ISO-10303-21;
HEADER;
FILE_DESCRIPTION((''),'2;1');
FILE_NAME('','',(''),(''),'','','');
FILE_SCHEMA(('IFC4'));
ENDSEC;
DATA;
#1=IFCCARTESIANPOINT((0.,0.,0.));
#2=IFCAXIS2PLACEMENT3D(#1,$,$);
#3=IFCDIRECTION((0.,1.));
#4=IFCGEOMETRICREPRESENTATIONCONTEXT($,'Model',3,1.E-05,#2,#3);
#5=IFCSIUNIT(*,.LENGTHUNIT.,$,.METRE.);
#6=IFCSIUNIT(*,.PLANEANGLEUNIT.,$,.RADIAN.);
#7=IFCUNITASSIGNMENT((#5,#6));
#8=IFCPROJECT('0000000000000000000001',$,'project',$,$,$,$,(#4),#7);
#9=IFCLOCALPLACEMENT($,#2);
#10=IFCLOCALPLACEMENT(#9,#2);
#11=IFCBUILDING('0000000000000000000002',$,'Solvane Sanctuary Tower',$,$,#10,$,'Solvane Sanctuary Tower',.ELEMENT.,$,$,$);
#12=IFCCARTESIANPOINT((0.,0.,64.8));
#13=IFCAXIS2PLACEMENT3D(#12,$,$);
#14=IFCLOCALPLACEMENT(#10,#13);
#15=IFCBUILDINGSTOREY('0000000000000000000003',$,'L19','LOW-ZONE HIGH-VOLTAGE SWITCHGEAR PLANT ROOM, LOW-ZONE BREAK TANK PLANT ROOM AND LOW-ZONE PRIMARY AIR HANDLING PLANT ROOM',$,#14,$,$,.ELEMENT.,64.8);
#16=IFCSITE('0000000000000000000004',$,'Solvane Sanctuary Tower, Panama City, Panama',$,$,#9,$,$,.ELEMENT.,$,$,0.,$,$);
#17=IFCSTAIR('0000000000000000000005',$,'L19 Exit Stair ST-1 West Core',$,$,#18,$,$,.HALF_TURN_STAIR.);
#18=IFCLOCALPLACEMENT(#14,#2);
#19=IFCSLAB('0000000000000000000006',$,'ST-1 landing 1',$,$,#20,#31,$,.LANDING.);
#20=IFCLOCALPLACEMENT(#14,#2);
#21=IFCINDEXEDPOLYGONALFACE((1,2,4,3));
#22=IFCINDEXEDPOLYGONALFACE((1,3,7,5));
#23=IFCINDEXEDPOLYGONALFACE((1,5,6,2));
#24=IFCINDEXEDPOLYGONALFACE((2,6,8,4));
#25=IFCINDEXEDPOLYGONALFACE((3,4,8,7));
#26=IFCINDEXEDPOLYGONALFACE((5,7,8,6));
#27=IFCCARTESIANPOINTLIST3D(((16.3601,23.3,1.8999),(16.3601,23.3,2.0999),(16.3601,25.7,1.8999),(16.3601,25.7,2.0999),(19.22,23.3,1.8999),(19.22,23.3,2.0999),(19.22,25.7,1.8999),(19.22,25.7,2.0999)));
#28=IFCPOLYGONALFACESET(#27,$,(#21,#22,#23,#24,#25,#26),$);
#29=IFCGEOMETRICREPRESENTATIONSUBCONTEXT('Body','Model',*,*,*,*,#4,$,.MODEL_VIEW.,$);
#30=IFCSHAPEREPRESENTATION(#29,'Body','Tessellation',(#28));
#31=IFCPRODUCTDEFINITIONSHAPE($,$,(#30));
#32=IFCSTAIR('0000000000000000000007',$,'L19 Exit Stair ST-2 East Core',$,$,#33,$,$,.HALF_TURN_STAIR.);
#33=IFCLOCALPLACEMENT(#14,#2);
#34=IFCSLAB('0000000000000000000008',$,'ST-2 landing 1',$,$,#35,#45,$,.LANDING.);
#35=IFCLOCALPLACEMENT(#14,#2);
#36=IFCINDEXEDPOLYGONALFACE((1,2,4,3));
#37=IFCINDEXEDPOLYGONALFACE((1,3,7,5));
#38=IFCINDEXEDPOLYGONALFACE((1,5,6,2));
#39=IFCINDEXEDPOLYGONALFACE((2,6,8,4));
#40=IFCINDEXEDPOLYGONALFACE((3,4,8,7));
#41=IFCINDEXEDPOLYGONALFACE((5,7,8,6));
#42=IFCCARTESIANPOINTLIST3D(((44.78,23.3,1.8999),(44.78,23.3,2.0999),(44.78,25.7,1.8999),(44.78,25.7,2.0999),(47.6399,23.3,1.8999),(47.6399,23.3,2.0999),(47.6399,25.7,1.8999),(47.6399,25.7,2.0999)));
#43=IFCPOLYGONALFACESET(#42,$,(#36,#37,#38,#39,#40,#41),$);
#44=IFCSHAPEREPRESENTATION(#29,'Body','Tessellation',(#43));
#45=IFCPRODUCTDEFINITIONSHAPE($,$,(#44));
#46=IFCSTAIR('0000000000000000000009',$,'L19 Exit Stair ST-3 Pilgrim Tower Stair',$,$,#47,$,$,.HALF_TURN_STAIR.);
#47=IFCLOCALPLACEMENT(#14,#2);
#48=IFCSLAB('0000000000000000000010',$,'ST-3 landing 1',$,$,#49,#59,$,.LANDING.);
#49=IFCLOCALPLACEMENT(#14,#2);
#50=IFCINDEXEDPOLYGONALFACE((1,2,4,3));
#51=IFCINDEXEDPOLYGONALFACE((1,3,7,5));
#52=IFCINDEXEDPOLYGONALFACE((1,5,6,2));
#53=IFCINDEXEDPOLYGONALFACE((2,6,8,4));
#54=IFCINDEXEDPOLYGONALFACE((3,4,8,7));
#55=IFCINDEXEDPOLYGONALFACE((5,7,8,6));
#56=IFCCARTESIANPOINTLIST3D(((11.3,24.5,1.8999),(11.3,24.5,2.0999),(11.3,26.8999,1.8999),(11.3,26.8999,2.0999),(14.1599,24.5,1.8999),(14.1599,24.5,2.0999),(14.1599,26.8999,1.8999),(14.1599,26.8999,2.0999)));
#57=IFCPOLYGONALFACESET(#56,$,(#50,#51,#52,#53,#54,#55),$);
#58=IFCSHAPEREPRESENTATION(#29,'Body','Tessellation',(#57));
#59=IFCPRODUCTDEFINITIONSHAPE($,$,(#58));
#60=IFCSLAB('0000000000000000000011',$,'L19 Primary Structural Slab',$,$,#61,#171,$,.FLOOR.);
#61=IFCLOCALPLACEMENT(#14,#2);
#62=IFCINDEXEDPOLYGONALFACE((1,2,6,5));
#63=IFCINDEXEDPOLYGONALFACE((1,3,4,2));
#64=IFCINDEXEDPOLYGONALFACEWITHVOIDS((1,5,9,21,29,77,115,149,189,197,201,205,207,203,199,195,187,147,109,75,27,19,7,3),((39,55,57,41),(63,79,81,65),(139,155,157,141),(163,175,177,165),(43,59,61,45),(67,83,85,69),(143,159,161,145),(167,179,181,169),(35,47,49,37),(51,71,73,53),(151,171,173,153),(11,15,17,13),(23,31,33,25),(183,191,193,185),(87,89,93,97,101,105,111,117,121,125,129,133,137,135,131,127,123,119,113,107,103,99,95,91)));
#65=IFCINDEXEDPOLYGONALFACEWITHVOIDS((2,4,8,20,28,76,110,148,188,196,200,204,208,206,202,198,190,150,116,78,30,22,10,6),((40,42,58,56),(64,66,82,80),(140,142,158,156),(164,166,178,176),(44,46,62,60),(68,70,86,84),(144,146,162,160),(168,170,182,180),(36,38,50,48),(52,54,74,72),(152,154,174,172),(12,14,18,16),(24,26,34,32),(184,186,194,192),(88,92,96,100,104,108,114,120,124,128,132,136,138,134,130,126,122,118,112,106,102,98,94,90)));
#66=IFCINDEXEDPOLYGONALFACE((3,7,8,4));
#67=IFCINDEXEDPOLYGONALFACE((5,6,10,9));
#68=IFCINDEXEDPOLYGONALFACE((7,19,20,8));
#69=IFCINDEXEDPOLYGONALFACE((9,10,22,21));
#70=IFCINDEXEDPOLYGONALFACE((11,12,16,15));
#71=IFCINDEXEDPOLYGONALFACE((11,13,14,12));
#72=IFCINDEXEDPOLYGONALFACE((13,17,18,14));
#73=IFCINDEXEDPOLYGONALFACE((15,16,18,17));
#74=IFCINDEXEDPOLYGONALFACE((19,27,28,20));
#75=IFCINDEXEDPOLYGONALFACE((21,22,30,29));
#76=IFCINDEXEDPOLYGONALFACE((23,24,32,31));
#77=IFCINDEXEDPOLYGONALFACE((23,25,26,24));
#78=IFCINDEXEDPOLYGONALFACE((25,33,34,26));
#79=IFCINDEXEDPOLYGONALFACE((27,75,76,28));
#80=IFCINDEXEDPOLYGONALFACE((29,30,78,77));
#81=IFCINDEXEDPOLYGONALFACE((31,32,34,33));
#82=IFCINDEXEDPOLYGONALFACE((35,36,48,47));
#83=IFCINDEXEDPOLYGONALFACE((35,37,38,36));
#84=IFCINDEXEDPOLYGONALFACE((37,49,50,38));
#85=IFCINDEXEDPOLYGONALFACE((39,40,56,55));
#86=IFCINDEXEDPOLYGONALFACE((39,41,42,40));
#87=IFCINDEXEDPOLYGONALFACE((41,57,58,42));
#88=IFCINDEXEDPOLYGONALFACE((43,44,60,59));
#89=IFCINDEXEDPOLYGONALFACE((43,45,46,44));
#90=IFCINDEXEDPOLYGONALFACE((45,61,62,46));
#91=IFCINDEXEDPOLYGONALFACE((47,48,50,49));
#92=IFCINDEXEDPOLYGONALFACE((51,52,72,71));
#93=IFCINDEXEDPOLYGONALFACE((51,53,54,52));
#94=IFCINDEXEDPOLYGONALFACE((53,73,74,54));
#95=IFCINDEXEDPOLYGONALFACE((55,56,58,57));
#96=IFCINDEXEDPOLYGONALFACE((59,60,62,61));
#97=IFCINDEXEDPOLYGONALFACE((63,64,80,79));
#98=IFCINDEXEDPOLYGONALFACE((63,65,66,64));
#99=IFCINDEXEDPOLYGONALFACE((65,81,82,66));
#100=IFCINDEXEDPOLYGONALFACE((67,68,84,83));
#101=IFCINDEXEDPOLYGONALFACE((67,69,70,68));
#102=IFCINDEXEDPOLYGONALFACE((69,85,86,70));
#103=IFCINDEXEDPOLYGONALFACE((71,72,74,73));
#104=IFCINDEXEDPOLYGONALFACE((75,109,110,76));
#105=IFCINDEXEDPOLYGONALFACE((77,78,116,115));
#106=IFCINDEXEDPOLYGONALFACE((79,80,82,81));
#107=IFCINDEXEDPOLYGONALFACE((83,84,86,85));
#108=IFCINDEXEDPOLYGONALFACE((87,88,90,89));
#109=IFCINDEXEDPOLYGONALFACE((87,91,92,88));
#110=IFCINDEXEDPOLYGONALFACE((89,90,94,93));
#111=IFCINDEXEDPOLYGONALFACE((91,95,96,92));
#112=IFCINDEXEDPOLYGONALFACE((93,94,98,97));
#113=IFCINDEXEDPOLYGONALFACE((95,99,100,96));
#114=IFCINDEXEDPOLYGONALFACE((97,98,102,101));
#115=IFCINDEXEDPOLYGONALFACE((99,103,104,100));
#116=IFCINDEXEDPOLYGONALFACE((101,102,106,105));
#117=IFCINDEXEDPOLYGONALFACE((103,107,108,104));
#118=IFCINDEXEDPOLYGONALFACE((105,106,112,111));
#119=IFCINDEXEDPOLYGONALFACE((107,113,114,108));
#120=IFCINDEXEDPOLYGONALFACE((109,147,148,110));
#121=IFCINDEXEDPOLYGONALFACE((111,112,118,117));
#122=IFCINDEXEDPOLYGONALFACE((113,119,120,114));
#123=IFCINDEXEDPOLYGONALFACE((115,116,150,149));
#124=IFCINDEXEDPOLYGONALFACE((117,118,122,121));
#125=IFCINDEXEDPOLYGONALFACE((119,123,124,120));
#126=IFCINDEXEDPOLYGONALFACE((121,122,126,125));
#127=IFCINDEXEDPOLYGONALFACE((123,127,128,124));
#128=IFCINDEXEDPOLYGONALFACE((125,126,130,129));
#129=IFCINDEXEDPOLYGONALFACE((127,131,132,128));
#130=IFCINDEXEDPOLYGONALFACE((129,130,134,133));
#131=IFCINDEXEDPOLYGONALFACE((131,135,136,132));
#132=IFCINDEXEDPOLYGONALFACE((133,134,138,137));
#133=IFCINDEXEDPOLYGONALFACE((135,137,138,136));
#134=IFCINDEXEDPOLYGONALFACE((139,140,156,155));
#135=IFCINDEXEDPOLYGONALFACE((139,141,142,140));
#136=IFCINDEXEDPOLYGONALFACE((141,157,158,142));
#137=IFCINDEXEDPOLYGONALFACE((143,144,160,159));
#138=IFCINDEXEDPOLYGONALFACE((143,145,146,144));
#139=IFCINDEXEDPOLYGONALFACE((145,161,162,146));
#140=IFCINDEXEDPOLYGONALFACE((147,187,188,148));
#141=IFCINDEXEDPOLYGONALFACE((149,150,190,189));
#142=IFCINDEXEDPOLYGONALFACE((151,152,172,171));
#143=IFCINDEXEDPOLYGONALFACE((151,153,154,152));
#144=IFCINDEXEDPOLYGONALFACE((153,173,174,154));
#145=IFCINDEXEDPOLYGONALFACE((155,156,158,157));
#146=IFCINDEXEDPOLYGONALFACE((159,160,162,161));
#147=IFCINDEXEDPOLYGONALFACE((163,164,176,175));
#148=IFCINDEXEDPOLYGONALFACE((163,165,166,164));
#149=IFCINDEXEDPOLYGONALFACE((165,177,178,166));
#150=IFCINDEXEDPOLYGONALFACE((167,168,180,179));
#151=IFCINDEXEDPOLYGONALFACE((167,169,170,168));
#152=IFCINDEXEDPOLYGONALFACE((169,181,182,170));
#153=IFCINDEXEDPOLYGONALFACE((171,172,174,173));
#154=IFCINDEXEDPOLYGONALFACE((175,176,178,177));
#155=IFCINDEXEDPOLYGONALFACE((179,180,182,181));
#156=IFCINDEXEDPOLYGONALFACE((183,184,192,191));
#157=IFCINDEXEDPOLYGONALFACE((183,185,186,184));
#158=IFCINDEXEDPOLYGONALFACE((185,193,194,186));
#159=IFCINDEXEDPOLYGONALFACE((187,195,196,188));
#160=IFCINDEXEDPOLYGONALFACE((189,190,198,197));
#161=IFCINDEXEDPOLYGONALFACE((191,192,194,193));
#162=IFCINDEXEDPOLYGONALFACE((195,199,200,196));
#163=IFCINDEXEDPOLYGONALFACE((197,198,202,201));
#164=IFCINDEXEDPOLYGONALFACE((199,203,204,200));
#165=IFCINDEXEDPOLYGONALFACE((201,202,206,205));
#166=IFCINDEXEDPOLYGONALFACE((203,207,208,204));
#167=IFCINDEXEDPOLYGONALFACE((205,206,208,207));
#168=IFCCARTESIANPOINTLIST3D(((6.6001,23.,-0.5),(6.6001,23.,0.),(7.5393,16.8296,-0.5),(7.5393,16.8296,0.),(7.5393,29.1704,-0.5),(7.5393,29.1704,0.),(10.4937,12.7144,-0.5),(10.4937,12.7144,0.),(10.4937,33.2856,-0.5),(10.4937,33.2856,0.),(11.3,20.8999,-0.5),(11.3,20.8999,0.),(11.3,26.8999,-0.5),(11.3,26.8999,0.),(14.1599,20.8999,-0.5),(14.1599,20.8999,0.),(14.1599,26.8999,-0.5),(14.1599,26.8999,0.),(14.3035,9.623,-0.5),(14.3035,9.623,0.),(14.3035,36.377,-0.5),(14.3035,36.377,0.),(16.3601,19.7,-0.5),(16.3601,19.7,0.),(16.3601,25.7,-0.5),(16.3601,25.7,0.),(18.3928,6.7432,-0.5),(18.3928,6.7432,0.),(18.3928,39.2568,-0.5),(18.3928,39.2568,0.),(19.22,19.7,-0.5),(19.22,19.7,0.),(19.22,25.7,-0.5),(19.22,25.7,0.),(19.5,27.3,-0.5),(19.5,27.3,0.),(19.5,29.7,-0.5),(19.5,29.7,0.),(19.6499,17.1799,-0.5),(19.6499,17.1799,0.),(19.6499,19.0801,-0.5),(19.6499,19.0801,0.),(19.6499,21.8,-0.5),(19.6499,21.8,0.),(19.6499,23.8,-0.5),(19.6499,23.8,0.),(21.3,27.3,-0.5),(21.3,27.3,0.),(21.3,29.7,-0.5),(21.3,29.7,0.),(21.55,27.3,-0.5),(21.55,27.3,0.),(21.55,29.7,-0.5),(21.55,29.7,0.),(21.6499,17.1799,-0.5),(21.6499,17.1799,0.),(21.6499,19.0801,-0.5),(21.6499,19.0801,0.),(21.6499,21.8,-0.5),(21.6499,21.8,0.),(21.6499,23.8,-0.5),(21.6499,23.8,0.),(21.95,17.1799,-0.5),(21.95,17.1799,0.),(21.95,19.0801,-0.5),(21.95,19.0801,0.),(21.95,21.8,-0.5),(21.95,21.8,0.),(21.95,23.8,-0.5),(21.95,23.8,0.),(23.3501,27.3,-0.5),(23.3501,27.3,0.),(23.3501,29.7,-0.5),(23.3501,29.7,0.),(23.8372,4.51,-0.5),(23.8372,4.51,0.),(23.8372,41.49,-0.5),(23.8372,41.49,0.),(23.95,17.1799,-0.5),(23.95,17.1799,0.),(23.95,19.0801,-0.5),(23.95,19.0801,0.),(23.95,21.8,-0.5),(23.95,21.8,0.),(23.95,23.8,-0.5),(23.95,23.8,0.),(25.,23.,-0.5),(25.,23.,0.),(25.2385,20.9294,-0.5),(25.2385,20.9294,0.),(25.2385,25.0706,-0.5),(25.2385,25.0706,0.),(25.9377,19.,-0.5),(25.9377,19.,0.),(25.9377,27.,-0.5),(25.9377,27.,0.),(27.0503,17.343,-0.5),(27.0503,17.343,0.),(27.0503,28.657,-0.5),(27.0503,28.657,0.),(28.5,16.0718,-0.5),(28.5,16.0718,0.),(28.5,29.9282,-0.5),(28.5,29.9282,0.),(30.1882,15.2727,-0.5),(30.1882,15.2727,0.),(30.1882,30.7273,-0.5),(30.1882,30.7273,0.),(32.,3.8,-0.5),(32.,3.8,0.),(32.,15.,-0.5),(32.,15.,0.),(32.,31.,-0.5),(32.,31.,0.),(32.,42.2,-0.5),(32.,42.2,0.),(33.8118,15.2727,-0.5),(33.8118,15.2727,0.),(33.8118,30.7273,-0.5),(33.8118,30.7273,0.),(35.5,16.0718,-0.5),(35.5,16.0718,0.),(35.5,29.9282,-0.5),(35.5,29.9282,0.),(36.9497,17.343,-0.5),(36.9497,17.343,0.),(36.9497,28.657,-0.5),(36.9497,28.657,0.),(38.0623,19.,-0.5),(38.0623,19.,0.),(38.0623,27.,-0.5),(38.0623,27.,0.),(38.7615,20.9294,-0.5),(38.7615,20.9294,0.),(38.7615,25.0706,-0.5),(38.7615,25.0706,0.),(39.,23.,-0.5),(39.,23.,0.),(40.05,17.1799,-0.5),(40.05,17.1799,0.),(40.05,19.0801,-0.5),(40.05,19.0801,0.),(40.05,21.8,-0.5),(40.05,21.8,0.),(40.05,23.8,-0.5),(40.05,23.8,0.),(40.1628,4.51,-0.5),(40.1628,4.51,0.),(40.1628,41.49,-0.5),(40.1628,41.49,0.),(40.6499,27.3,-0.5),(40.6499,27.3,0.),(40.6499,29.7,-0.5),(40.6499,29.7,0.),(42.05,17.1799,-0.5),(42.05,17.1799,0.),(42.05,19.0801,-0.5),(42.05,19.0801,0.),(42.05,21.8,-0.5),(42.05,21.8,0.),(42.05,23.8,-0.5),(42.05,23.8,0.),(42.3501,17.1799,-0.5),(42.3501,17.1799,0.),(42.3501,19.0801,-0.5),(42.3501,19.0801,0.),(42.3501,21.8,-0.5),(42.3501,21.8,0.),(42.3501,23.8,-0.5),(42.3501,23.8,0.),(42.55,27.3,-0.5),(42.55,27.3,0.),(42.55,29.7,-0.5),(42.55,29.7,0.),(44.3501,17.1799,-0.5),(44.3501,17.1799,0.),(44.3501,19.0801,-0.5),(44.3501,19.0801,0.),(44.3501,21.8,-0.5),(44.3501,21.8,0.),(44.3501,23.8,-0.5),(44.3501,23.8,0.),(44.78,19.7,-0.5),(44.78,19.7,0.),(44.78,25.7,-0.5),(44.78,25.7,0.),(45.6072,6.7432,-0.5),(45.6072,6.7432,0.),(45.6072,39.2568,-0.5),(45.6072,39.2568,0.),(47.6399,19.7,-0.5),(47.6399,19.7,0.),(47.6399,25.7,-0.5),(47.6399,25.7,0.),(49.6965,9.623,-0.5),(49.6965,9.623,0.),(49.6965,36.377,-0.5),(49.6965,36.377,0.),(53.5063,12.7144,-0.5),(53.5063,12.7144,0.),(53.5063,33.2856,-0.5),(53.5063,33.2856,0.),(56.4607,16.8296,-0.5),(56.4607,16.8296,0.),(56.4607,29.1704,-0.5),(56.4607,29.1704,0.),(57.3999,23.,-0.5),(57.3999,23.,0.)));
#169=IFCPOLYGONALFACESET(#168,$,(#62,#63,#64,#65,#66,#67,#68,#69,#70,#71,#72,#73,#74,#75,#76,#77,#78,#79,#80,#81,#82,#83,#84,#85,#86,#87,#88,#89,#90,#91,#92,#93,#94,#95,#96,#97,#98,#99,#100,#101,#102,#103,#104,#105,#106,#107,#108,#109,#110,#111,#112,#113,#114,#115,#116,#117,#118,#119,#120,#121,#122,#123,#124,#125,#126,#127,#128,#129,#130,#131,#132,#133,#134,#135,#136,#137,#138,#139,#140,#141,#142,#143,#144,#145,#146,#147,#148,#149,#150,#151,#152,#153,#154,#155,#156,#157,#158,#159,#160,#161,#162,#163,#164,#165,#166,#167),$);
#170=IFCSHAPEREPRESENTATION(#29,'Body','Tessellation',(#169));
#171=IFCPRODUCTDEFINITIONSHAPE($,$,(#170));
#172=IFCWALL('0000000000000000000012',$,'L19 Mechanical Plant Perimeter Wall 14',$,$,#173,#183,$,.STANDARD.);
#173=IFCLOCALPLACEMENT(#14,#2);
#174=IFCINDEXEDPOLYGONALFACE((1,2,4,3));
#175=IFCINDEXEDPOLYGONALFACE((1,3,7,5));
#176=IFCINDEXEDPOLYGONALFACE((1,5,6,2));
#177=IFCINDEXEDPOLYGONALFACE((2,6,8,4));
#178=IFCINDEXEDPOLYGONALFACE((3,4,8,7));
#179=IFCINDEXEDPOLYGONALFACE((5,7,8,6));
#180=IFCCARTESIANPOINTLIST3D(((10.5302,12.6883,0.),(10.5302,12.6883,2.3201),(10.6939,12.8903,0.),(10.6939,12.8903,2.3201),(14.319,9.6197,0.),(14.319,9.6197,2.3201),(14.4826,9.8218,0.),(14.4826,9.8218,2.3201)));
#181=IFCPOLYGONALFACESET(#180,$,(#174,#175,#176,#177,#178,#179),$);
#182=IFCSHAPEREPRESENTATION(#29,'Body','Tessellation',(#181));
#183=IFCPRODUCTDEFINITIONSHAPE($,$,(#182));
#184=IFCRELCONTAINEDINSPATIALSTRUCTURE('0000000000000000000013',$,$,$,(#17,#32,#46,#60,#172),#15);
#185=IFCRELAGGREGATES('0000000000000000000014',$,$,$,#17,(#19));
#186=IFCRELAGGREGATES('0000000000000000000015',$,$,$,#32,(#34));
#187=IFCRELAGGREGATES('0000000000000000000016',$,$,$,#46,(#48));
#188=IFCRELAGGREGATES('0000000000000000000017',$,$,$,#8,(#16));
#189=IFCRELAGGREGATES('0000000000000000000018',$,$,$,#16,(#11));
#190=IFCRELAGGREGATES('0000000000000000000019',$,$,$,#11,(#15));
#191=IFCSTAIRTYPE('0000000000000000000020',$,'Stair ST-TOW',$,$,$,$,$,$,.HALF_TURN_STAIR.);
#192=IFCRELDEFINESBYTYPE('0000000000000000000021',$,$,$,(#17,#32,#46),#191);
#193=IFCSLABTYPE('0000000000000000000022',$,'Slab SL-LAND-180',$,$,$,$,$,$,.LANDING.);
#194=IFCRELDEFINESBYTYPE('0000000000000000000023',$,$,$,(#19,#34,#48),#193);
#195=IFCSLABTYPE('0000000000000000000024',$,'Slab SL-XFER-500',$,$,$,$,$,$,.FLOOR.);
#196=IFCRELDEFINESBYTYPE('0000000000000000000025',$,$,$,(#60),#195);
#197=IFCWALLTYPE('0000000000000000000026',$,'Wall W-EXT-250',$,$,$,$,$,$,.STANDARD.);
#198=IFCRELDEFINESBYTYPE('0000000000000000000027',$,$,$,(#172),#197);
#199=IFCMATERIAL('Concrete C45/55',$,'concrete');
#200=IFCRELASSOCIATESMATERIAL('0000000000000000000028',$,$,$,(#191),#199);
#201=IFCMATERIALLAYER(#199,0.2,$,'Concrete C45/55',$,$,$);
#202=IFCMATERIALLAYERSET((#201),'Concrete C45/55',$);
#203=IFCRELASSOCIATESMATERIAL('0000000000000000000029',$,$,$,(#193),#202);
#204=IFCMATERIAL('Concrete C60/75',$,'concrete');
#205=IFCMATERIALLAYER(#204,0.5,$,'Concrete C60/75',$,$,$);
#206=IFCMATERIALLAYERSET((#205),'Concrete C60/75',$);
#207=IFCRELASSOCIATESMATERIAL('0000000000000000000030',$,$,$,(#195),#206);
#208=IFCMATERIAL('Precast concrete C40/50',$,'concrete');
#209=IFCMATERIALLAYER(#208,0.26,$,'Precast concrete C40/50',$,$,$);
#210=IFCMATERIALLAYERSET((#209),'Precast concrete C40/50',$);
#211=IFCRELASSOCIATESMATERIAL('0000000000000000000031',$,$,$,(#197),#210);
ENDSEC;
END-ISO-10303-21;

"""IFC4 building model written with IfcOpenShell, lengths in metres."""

from ifc_helpers import new_model, si_unit, direction, frame, frame_2d, origin, place, context, subcontext, project, spatial, polyline, rectangle, outline, extrude, material, layer, layer_set, type_object, element, aggregate, save


model = new_model("IFC4")

# Units and contexts
model_context = context("Model", 3, precision=1e-05, world=origin(), true_north=direction((0.0, 1.0)))
body_context = subcontext(model_context, "Body", "Model", "MODEL_VIEW")
ifc_project = project(units=[si_unit("LENGTHUNIT", "METRE"), si_unit("PLANEANGLEUNIT", "RADIAN")], contexts=[model_context])

# Site, building, storey
site_placement = place(None, origin())
site = spatial("IfcSite", under=ifc_project, at=site_placement, Name="Solvane Sanctuary Tower, Panama City, Panama", CompositionType="ELEMENT", RefElevation=0.0)
building_placement = place(site_placement, origin())
building = spatial("IfcBuilding", under=site, at=building_placement, Name="Solvane Sanctuary Tower", LongName="Solvane Sanctuary Tower", CompositionType="ELEMENT")
storey_placement = place(building_placement, frame((0.0, 0.0, 64.8)))
storey = spatial("IfcBuildingStorey", under=building, at=storey_placement, Name="L19", Description="LOW-ZONE HIGH-VOLTAGE SWITCHGEAR PLANT ROOM, LOW-ZONE BREAK TANK PLANT ROOM AND LOW-ZONE PRIMARY AIR HANDLING PLANT ROOM", CompositionType="ELEMENT", Elevation=64.8)

# Shared definitions
ifc_material_1 = material(Name="Concrete C60/75", Category="concrete")

# Stairs, slabs
ifc_material_2 = material(Name="Concrete C45/55", Category="concrete")
stair_type = type_object("IfcStairType", Name="Stair ST-TOW", PredefinedType="HALF_TURN_STAIR", material=ifc_material_2)
stair_1_placement = place(storey_placement, origin())
stair_1 = element("IfcStair", 1, at=stair_1_placement, inside=storey, type_object=stair_type, Name="L19 Exit Stair ST-1 West Core", PredefinedType="HALF_TURN_STAIR")
ifc_layer_1 = layer(ifc_material_2, 0.2, Name="Concrete C45/55")
ifc_layer_set_1 = layer_set([ifc_layer_1], Name="Concrete C45/55")
slab_type_1 = type_object("IfcSlabType", Name="Slab SL-LAND-180", PredefinedType="LANDING", material=ifc_layer_set_1)
slab_1_placement = place(storey_placement, frame((0.0, 0.0, 1.8999)))
slab_1 = element("IfcSlab", 2, at=slab_1_placement, type_object=slab_type_1, Name="ST-1 landing 1", PredefinedType="LANDING", context=body_context, shape_type="SweptSolid", body=[
    extrude(outline(polyline([(19.22, 23.3), (19.22, 25.7), (16.3601, 25.7), (16.3601, 23.3), (19.22, 23.3)])), origin(), (0.0, 0.0, 1.0), 0.2),
])
aggregate(stair_1, [slab_1])
stair_2_placement = place(storey_placement, origin())
stair_2 = element("IfcStair", 3, at=stair_2_placement, inside=storey, type_object=stair_type, Name="L19 Exit Stair ST-2 East Core", PredefinedType="HALF_TURN_STAIR")
slab_2_placement = place(storey_placement, frame((0.0, 0.0, 1.8999)))
slab_2 = element("IfcSlab", 4, at=slab_2_placement, type_object=slab_type_1, Name="ST-2 landing 1", PredefinedType="LANDING", context=body_context, shape_type="SweptSolid", body=[
    extrude(outline(polyline([(47.6399, 23.3), (47.6399, 25.7), (44.78, 25.7), (44.78, 23.3), (47.6399, 23.3)])), origin(), (0.0, 0.0, 1.0), 0.2),
])
aggregate(stair_2, [slab_2])
stair_3_placement = place(storey_placement, origin())
stair_3 = element("IfcStair", 5, at=stair_3_placement, inside=storey, type_object=stair_type, Name="L19 Exit Stair ST-3 Pilgrim Tower Stair", PredefinedType="HALF_TURN_STAIR")
slab_3_placement = place(storey_placement, frame((0.0, 0.0, 1.8999)))
slab_3 = element("IfcSlab", 6, at=slab_3_placement, type_object=slab_type_1, Name="ST-3 landing 1", PredefinedType="LANDING", context=body_context, shape_type="SweptSolid", body=[
    extrude(outline(polyline([(14.1599, 24.5), (14.1599, 26.8999), (11.3, 26.8999), (11.3, 24.5), (14.1599, 24.5)])), origin(), (0.0, 0.0, 1.0), 0.2),
])
aggregate(stair_3, [slab_3])

# Slab
ifc_layer_2 = layer(ifc_material_1, 0.5, Name="Concrete C60/75")
ifc_layer_set_2 = layer_set([ifc_layer_2], Name="Concrete C60/75")
slab_type_2 = type_object("IfcSlabType", Name="Slab SL-XFER-500", PredefinedType="FLOOR", material=ifc_layer_set_2)
slab_4_placement = place(storey_placement, frame((0.0, 0.0, -0.5)))
element("IfcSlab", 7, at=slab_4_placement, inside=storey, type_object=slab_type_2, Name="L19 Primary Structural Slab", PredefinedType="FLOOR", context=body_context, shape_type="SweptSolid", body=[
    extrude(outline(polyline([(57.3999, 23.0), (56.4607, 29.1704), (53.5063, 33.2856), (49.6965, 36.377), (45.6072, 39.2568), (40.1628, 41.49), (32.0, 42.2), (23.8372, 41.49), (18.3928, 39.2568), (14.3035, 36.377), (10.4937, 33.2856), (7.5393, 29.1704), (6.6001, 23.0), (7.5393, 16.8296), (10.4937, 12.7144), (14.3035, 9.623), (18.3928, 6.7432), (23.8372, 4.51), (32.0, 3.8), (40.1628, 4.51), (45.6072, 6.7432), (49.6965, 9.623), (53.5063, 12.7144), (56.4607, 16.8296), (57.3999, 23.0)]), holes=[polyline([(38.7615, 20.9294), (38.0623, 19.0), (36.9497, 17.343), (35.5, 16.0718), (33.8118, 15.2727), (32.0, 15.0), (30.1882, 15.2727), (28.5, 16.0718), (27.0503, 17.343), (25.9377, 19.0), (25.2385, 20.9294), (25.0, 23.0), (25.2385, 25.0706), (25.9377, 27.0), (27.0503, 28.657), (28.5, 29.9282), (30.1882, 30.7273), (32.0, 31.0), (33.8118, 30.7273), (35.5, 29.9282), (36.9497, 28.657), (38.0623, 27.0), (38.7615, 25.0706), (39.0, 23.0), (38.7615, 20.9294)]), polyline([(16.3601, 19.7), (16.3601, 25.7), (19.22, 25.7), (19.22, 19.7), (16.3601, 19.7)]), polyline([(44.78, 19.7), (44.78, 25.7), (47.6399, 25.7), (47.6399, 19.7), (44.78, 19.7)]), polyline([(11.3, 20.8999), (11.3, 26.8999), (14.1599, 26.8999), (14.1599, 20.8999), (11.3, 20.8999)]), polyline([(19.6499, 19.0801), (21.6499, 19.0801), (21.6499, 17.1799), (19.6499, 17.1799), (19.6499, 19.0801)]), polyline([(21.95, 19.0801), (23.95, 19.0801), (23.95, 17.1799), (21.95, 17.1799), (21.95, 19.0801)]), polyline([(40.05, 19.0801), (42.05, 19.0801), (42.05, 17.1799), (40.05, 17.1799), (40.05, 19.0801)]), polyline([(42.3501, 19.0801), (44.3501, 19.0801), (44.3501, 17.1799), (42.3501, 17.1799), (42.3501, 19.0801)]), polyline([(19.6499, 23.8), (21.6499, 23.8), (21.6499, 21.8), (19.6499, 21.8), (19.6499, 23.8)]), polyline([(42.3501, 23.8), (44.3501, 23.8), (44.3501, 21.8), (42.3501, 21.8), (42.3501, 23.8)]), polyline([(21.95, 23.8), (23.95, 23.8), (23.95, 21.8), (21.95, 21.8), (21.95, 23.8)]), polyline([(40.05, 23.8), (42.05, 23.8), (42.05, 21.8), (40.05, 21.8), (40.05, 23.8)]), polyline([(19.5, 29.7), (21.3, 29.7), (21.3, 27.3), (19.5, 27.3), (19.5, 29.7)]), polyline([(21.55, 29.7), (23.3501, 29.7), (23.3501, 27.3), (21.55, 27.3), (21.55, 29.7)]), polyline([(40.6499, 29.7), (42.55, 29.7), (42.55, 27.3), (40.6499, 27.3), (40.6499, 29.7)])]), origin(), (0.0, 0.0, 1.0), 0.5),
])

# Wall
ifc_material_3 = material(Name="Precast concrete C40/50", Category="concrete")
ifc_layer_3 = layer(ifc_material_3, 0.26, Name="Precast concrete C40/50")
ifc_layer_set_3 = layer_set([ifc_layer_3], Name="Precast concrete C40/50")
wall_type = type_object("IfcWallType", Name="Wall W-EXT-250", PredefinedType="STANDARD", material=ifc_layer_set_3)
wall_1_placement = place(storey_placement, frame((10.6121, 12.7893, 0.0), z_axis=(0.0, 0.0, 1.0), x_axis=(0.777098, -0.62938, 0.0)))
element("IfcWall", 8, at=wall_1_placement, inside=storey, type_object=wall_type, Name="L19 Mechanical Plant Perimeter Wall 14", PredefinedType="STANDARD", context=body_context, shape_type="SweptSolid", body=[
    extrude(rectangle(XDim=4.8755, YDim=0.26, at=frame_2d((2.4377, 0.0))), origin(), (0.0, 0.0, 1.0), 2.3201),
])

save(model, "model.ifc")
